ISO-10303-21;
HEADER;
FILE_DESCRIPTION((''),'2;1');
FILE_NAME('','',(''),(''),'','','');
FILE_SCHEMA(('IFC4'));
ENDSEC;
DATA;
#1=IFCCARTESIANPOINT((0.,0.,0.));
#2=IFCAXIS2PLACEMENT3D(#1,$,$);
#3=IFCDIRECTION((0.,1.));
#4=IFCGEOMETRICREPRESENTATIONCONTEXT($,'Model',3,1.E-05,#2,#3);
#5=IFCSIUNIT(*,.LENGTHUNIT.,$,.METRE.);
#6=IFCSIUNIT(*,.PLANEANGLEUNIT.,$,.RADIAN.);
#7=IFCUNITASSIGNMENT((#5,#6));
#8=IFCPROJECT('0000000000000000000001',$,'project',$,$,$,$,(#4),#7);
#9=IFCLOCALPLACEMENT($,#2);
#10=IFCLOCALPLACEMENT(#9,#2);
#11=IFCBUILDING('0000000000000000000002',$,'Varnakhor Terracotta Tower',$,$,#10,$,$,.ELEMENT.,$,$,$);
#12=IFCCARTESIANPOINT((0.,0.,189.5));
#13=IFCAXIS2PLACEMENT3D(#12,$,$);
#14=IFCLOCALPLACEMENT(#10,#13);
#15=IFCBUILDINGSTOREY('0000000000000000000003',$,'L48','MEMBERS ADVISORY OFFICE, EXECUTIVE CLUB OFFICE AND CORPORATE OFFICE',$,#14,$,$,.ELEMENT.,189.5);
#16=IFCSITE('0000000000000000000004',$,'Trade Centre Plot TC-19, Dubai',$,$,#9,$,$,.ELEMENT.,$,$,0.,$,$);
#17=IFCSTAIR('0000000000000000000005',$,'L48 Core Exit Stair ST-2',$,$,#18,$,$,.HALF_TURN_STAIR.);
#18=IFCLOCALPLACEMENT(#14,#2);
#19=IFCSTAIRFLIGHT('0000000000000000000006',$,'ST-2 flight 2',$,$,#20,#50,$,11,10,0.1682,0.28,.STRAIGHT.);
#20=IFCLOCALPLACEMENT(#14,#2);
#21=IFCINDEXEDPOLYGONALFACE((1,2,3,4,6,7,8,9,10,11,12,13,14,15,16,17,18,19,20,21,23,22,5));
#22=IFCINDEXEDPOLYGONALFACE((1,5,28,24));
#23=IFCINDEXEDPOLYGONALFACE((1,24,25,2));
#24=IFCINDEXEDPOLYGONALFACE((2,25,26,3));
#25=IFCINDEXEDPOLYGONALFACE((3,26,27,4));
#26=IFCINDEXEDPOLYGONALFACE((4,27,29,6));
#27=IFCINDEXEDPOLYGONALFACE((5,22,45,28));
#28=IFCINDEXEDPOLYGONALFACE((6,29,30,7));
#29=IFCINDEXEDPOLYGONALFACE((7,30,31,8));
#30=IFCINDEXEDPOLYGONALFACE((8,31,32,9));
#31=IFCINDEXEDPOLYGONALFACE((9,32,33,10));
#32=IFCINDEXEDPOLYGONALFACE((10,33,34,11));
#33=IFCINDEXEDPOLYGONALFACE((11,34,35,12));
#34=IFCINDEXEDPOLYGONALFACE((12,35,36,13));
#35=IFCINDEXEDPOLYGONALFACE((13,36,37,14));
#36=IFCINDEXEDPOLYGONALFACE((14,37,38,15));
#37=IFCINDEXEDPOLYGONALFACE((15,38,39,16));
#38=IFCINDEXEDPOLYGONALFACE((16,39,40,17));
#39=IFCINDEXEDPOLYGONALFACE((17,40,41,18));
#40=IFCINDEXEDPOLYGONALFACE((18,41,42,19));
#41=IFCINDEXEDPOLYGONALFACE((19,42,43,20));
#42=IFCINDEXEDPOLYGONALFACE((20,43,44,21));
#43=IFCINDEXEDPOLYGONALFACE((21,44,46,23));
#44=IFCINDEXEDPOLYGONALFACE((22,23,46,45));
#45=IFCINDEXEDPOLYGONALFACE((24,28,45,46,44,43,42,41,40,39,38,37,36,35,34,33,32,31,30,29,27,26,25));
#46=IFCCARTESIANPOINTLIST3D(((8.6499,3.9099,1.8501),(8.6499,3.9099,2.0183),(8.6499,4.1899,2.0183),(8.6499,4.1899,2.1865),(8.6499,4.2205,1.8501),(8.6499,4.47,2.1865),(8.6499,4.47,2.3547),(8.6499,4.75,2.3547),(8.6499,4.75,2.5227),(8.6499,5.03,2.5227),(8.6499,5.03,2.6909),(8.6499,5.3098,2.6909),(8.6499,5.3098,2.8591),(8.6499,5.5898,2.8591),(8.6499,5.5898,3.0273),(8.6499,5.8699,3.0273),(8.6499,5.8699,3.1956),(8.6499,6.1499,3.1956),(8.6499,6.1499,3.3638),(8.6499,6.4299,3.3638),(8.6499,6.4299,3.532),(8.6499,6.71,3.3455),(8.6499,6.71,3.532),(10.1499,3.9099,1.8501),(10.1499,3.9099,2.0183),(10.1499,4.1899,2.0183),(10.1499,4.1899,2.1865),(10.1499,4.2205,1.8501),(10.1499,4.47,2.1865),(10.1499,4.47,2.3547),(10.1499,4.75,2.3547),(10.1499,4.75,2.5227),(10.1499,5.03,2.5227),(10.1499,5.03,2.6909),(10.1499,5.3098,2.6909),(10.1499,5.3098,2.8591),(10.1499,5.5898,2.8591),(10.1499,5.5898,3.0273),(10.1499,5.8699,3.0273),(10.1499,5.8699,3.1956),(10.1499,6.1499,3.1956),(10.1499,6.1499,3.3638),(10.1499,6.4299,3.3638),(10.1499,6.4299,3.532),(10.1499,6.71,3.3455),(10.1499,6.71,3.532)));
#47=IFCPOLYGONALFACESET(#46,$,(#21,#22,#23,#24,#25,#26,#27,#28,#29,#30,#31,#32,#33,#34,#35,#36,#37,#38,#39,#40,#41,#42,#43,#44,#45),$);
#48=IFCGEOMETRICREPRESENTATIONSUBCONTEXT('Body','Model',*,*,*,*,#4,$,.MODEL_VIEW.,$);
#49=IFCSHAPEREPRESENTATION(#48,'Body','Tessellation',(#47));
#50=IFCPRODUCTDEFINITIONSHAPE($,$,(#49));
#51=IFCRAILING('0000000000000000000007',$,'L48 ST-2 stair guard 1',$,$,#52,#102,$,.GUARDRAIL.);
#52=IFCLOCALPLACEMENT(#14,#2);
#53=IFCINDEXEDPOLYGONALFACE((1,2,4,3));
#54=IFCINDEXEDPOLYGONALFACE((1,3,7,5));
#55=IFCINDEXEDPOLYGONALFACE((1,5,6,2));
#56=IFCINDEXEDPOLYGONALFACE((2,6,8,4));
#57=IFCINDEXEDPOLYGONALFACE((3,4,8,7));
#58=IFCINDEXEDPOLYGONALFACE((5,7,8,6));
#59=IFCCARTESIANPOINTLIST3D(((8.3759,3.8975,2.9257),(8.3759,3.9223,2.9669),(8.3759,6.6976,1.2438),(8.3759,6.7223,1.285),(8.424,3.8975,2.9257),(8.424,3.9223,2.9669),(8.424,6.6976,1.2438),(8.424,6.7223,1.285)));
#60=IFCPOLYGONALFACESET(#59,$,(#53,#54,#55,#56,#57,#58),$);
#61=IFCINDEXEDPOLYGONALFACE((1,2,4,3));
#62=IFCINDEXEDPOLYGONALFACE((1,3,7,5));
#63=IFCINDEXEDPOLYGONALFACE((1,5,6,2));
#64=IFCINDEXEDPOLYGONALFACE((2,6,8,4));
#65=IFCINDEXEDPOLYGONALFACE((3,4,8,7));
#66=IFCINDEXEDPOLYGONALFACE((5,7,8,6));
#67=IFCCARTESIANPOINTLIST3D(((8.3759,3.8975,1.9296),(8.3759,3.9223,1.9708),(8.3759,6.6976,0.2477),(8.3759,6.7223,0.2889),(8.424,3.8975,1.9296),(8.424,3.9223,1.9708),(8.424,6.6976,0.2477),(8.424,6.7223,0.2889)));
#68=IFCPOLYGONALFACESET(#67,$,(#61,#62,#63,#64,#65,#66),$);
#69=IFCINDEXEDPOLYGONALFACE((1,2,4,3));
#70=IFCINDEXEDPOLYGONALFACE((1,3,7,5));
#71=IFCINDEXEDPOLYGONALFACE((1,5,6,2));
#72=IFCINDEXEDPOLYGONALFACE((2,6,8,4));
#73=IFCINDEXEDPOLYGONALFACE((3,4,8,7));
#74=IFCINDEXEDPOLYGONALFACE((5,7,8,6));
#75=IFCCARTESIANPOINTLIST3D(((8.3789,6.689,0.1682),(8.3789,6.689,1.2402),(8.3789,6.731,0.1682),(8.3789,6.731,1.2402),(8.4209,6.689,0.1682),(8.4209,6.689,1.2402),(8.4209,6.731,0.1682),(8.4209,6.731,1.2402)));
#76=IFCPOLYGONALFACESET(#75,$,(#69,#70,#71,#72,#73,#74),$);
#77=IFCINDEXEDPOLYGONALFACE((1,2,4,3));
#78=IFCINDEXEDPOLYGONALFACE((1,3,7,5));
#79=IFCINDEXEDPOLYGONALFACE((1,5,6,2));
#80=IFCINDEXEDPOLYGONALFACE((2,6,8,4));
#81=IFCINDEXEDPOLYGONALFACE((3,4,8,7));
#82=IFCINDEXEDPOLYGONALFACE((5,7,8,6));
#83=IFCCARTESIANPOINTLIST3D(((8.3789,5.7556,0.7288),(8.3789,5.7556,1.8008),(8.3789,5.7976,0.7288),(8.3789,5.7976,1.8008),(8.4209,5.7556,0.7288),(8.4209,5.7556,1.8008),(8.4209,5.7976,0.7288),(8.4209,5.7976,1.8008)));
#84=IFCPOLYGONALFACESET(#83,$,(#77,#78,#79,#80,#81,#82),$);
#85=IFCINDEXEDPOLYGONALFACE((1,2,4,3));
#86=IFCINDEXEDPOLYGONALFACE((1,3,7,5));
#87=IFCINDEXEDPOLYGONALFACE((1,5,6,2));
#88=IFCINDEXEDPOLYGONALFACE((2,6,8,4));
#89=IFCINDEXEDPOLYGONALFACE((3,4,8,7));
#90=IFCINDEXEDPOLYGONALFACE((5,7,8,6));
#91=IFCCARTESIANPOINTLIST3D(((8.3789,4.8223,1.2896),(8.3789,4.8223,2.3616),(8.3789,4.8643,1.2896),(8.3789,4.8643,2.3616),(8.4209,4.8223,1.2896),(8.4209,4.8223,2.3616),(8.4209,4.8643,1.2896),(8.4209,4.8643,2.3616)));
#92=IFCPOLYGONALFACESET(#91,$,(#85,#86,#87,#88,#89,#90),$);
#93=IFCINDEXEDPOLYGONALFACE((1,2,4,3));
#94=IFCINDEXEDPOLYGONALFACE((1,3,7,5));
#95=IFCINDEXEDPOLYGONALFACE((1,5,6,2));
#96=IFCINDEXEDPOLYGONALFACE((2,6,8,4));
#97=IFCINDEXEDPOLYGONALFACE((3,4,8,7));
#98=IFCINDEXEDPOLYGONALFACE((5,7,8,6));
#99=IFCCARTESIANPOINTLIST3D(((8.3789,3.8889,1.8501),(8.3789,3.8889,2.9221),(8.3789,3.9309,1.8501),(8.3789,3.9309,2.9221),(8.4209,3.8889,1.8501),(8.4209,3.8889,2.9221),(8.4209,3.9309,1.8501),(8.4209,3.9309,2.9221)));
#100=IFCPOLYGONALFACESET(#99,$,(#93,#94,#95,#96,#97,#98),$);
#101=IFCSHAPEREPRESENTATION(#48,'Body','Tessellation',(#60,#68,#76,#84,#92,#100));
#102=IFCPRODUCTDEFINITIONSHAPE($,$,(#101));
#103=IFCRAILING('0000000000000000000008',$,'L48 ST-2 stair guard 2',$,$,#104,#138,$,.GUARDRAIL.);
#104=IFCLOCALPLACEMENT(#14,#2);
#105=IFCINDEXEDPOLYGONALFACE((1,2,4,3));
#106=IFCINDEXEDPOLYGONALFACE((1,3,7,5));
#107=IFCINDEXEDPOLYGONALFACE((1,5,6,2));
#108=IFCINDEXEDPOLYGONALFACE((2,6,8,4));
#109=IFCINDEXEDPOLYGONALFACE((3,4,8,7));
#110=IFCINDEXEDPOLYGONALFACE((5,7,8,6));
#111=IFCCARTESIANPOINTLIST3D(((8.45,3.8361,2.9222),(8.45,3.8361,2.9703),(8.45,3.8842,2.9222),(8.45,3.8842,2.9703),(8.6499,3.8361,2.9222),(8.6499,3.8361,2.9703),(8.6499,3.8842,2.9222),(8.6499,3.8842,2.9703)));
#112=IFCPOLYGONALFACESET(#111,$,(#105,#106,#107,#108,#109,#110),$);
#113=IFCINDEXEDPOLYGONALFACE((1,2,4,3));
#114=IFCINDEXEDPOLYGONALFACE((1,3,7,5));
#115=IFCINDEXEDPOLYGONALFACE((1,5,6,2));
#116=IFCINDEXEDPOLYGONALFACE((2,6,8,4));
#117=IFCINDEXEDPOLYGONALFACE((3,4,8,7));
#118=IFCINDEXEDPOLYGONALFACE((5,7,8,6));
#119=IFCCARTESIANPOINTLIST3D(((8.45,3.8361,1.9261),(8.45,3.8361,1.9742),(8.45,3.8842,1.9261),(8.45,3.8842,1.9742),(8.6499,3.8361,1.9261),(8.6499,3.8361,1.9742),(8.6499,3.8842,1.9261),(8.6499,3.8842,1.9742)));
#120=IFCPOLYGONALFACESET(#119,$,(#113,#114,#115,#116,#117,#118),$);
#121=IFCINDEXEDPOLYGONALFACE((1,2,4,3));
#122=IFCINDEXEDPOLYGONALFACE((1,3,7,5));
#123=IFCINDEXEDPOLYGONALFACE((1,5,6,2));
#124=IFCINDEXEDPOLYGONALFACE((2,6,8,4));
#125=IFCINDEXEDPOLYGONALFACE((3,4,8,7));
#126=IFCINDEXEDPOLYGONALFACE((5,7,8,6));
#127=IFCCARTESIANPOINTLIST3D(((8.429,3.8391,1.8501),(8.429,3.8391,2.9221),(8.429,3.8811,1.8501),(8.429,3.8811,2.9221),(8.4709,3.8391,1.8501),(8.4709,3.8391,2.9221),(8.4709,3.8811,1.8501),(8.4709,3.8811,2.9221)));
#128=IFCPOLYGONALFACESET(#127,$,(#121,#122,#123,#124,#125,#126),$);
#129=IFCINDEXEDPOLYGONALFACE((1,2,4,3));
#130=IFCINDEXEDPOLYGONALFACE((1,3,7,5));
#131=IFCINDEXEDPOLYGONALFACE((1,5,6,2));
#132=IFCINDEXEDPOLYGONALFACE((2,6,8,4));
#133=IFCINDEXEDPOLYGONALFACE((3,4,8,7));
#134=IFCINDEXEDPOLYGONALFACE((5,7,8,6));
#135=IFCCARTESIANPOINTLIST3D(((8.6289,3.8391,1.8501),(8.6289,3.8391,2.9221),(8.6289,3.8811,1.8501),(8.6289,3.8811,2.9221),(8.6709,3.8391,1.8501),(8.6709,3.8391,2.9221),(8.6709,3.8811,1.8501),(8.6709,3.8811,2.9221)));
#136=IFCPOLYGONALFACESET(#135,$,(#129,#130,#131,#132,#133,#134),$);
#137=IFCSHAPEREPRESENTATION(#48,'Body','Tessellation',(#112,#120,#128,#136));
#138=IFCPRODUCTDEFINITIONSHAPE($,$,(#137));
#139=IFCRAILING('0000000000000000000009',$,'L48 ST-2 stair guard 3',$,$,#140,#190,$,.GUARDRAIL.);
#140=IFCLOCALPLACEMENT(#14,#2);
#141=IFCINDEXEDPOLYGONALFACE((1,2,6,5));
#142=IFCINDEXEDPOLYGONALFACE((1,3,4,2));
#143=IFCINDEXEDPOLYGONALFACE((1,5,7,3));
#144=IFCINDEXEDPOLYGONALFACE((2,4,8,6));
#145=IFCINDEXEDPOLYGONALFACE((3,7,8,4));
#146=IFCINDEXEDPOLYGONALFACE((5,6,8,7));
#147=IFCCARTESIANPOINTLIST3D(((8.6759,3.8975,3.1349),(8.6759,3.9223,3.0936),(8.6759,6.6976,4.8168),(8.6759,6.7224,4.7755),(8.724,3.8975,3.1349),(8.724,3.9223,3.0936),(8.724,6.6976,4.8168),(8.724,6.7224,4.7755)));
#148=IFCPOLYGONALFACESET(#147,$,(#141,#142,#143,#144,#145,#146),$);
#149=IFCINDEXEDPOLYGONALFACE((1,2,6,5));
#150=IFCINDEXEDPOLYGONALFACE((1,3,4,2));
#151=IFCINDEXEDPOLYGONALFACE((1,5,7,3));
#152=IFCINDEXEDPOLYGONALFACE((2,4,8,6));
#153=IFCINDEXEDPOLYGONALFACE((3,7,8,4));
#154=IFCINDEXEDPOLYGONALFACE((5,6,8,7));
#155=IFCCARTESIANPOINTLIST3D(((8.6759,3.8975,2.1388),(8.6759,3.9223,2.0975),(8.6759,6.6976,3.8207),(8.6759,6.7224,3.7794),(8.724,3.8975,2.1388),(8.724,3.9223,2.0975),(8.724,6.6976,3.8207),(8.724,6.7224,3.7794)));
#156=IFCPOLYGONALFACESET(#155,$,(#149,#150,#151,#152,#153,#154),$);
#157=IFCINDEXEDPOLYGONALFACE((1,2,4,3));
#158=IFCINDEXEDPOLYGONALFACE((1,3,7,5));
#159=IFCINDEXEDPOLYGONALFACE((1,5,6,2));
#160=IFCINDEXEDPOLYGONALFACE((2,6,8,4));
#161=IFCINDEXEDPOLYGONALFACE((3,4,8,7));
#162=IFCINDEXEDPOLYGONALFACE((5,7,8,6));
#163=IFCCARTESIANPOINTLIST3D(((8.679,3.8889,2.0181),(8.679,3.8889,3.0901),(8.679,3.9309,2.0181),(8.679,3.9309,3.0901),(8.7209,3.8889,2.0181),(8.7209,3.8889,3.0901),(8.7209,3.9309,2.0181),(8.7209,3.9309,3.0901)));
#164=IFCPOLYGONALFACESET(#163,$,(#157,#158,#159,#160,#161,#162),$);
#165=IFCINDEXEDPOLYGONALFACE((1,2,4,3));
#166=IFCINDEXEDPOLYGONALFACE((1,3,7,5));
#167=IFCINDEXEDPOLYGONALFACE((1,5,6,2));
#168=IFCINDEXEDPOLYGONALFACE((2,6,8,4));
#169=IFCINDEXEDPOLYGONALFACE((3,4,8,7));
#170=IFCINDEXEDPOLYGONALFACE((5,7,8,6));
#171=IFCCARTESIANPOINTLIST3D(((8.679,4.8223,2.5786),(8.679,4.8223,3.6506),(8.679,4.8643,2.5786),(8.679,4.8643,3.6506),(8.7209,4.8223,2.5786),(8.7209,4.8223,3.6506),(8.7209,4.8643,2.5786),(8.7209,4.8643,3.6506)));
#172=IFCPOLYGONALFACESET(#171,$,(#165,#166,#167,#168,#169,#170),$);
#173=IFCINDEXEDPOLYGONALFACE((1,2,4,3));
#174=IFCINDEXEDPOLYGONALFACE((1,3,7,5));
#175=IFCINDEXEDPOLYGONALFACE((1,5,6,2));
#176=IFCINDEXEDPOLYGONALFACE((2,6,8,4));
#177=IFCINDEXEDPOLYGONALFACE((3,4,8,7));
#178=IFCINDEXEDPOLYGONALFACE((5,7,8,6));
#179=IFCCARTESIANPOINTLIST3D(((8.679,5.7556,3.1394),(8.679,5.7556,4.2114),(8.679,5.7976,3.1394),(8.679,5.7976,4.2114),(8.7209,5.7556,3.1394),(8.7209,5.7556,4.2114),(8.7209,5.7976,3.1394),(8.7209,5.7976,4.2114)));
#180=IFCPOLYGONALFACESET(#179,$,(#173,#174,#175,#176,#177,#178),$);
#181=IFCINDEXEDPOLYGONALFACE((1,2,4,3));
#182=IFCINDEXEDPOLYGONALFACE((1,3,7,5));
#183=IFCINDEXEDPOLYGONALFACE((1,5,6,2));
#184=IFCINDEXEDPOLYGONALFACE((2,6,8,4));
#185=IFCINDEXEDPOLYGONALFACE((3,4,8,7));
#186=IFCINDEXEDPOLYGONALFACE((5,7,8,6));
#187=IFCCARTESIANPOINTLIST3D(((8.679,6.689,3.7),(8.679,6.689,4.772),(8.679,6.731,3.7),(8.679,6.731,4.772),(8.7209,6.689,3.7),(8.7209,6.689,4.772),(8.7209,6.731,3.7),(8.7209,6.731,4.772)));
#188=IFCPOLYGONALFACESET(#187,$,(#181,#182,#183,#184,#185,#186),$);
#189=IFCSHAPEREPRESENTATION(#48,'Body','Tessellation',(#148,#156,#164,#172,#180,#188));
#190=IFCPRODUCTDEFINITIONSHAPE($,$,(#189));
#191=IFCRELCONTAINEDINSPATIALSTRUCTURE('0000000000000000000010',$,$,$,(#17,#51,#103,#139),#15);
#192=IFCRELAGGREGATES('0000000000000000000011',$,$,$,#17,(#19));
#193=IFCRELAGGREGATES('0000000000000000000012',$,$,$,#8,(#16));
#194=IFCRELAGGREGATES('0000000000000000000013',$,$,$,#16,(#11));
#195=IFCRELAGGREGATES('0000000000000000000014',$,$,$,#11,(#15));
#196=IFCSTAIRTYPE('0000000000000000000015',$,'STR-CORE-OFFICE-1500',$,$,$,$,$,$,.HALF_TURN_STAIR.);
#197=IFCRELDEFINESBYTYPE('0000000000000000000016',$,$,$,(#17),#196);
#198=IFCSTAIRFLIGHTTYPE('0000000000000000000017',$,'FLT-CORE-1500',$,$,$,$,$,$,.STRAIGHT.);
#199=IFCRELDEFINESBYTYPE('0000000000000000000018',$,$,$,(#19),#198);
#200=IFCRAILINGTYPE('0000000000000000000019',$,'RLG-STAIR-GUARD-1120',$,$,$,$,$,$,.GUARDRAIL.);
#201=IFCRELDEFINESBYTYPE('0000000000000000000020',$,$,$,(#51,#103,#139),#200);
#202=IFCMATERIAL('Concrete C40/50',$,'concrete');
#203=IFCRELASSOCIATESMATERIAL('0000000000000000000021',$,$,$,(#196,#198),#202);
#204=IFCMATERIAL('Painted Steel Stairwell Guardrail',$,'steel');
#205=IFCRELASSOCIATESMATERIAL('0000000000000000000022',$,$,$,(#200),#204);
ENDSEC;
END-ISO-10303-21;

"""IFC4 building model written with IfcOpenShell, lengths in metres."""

from ifc_helpers import new_model, si_unit, direction, frame, origin, origin_2d, place, context, subcontext, project, spatial, polyline, rectangle, outline, extrude, material, type_object, element, aggregate, save


model = new_model("IFC4")

# Units and contexts
model_context = context("Model", 3, precision=1e-05, world=origin(), true_north=direction((0.0, 1.0)))
body_context = subcontext(model_context, "Body", "Model", "MODEL_VIEW")
ifc_project = project(units=[si_unit("LENGTHUNIT", "METRE"), si_unit("PLANEANGLEUNIT", "RADIAN")], contexts=[model_context])

# Site, building, storey
site_placement = place(None, origin())
site = spatial("IfcSite", under=ifc_project, at=site_placement, Name="Trade Centre Plot TC-19, Dubai", CompositionType="ELEMENT", RefElevation=0.0)
building_placement = place(site_placement, origin())
building = spatial("IfcBuilding", under=site, at=building_placement, Name="Varnakhor Terracotta Tower", CompositionType="ELEMENT")
storey_placement = place(building_placement, frame((0.0, 0.0, 189.5)))
storey = spatial("IfcBuildingStorey", under=building, at=storey_placement, Name="L48", Description="MEMBERS ADVISORY OFFICE, EXECUTIVE CLUB OFFICE AND CORPORATE OFFICE", CompositionType="ELEMENT", Elevation=189.5)

# Stair
ifc_material_1 = material(Name="Concrete C40/50", Category="concrete")
stair_type = type_object("IfcStairType", Name="STR-CORE-OFFICE-1500", PredefinedType="HALF_TURN_STAIR", material=ifc_material_1)
stair_1_placement = place(storey_placement, origin())
stair_1 = element("IfcStair", 1, at=stair_1_placement, inside=storey, type_object=stair_type, Name="L48 Core Exit Stair ST-2", PredefinedType="HALF_TURN_STAIR")

# Stair flight
stair_flight_type = type_object("IfcStairFlightType", Name="FLT-CORE-1500", PredefinedType="STRAIGHT", material=ifc_material_1)
stair_flight_1_placement = place(storey_placement, frame((9.3999, 3.9099, 1.8501), z_axis=(0.0, 0.0, 1.0), x_axis=(0.0, 1.0, 0.0)))
stair_flight_1 = element("IfcStairFlight", 2, at=stair_flight_1_placement, type_object=stair_flight_type, Name="ST-2 flight 2", NumberOfRisers=11, NumberOfTreads=10, PredefinedType="STRAIGHT", RiserHeight=0.1682, TreadLength=0.28, context=body_context, shape_type="SweptSolid", body=[
    extrude(outline(polyline([(0.0, 0.0), (0.0, 0.1682), (0.28, 0.1682), (0.28, 0.3364), (0.5601, 0.3364), (0.5601, 0.5046), (0.8401, 0.5046), (0.8401, 0.6726), (1.1201, 0.6726), (1.1201, 0.8408), (1.3999, 0.8408), (1.3999, 1.009), (1.6799, 1.009), (1.6799, 1.1772), (1.96, 1.1772), (1.96, 1.3455), (2.24, 1.3455), (2.24, 1.5137), (2.52, 1.5137), (2.52, 1.6819), (2.8, 1.6819), (2.8, 1.8501), (2.8, 1.4954), (0.3105, 0.0), (0.0, 0.0)])), frame((0.0, 0.75, 0.0), z_axis=(0.0, -1.0, 0.0), x_axis=(1.0, 0.0, 0.0)), (0.0, 0.0, 1.0), 1.5),
])
aggregate(stair_1, [stair_flight_1])

# Railings
ifc_material_2 = material(Name="Painted Steel Stairwell Guardrail", Category="steel")
railing_type_1 = type_object("IfcRailingType", Name="RLG-STAIR-GUARD-1120", PredefinedType="GUARDRAIL", material=ifc_material_2)
railing_1_placement = place(storey_placement, frame((8.3999, 6.71, 0.1682)))
element("IfcRailing", 3, at=railing_1_placement, inside=storey, type_object=railing_type_1, Name="L48 ST-2 stair guard 1", PredefinedType="GUARDRAIL", context=body_context, shape_type="SweptSolid", body=[
    extrude(rectangle(XDim=0.0481, YDim=0.0481, at=origin_2d()), frame((0.0, 0.0, 1.0962), z_axis=(0.0, -0.857242, 0.514913), x_axis=(1.0, 0.0, 0.0)), (0.0, 0.0, 1.0), 3.2664),
    extrude(rectangle(XDim=0.0481, YDim=0.0481, at=origin_2d()), frame((0.0, 0.0, 0.1001), z_axis=(0.0, -0.857242, 0.514913), x_axis=(1.0, 0.0, 0.0)), (0.0, 0.0, 1.0), 3.2664),
    extrude(rectangle(XDim=0.042, YDim=0.042, at=origin_2d()), origin(), (0.0, 0.0, 1.0), 1.072),
    extrude(rectangle(XDim=0.042, YDim=0.042, at=origin_2d()), frame((0.0, -0.9333, 0.5605)), (0.0, 0.0, 1.0), 1.072),
    extrude(rectangle(XDim=0.042, YDim=0.042, at=origin_2d()), frame((0.0, -1.8667, 1.1213)), (0.0, 0.0, 1.0), 1.072),
    extrude(rectangle(XDim=0.042, YDim=0.042, at=origin_2d()), frame((0.0, -2.8, 1.6819)), (0.0, 0.0, 1.0), 1.072),
])
railing_2_placement = place(storey_placement, frame((8.45, 3.8601, 1.8501)))
element("IfcRailing", 4, at=railing_2_placement, inside=storey, type_object=railing_type_1, Name="L48 ST-2 stair guard 2", PredefinedType="GUARDRAIL", context=body_context, shape_type="SweptSolid", body=[
    extrude(rectangle(XDim=0.0481, YDim=0.0481, at=origin_2d()), frame((0.0, 0.0, 1.0962), z_axis=(1.0, 0.0, 0.0), x_axis=(0.0, 1.0, 0.0)), (0.0, 0.0, 1.0), 0.2),
    extrude(rectangle(XDim=0.0481, YDim=0.0481, at=origin_2d()), frame((0.0, 0.0, 0.1001), z_axis=(1.0, 0.0, 0.0), x_axis=(0.0, 1.0, 0.0)), (0.0, 0.0, 1.0), 0.2),
    extrude(rectangle(XDim=0.042, YDim=0.042, at=origin_2d()), origin(), (0.0, 0.0, 1.0), 1.072),
    extrude(rectangle(XDim=0.042, YDim=0.042, at=origin_2d()), frame((0.2, 0.0, 0.0)), (0.0, 0.0, 1.0), 1.072),
])
railing_3_placement = place(storey_placement, frame((8.7, 3.9099, 2.0181)))
element("IfcRailing", 5, at=railing_3_placement, inside=storey, type_object=railing_type_1, Name="L48 ST-2 stair guard 3", PredefinedType="GUARDRAIL", context=body_context, shape_type="SweptSolid", body=[
    extrude(rectangle(XDim=0.0481, YDim=0.0481, at=origin_2d()), frame((0.0, 0.0, 1.0962), z_axis=(0.0, 0.857242, 0.514913), x_axis=(-1.0, 0.0, 0.0)), (0.0, 0.0, 1.0), 3.2664),
    extrude(rectangle(XDim=0.0481, YDim=0.0481, at=origin_2d()), frame((0.0, 0.0, 0.1001), z_axis=(0.0, 0.857242, 0.514913), x_axis=(-1.0, 0.0, 0.0)), (0.0, 0.0, 1.0), 3.2664),
    extrude(rectangle(XDim=0.042, YDim=0.042, at=origin_2d()), origin(), (0.0, 0.0, 1.0), 1.072),
    extrude(rectangle(XDim=0.042, YDim=0.042, at=origin_2d()), frame((0.0, 0.9333, 0.5605)), (0.0, 0.0, 1.0), 1.072),
    extrude(rectangle(XDim=0.042, YDim=0.042, at=origin_2d()), frame((0.0, 1.8667, 1.1213)), (0.0, 0.0, 1.0), 1.072),
    extrude(rectangle(XDim=0.042, YDim=0.042, at=origin_2d()), frame((0.0, 2.8, 1.6819)), (0.0, 0.0, 1.0), 1.072),
])

save(model, "model.ifc")
